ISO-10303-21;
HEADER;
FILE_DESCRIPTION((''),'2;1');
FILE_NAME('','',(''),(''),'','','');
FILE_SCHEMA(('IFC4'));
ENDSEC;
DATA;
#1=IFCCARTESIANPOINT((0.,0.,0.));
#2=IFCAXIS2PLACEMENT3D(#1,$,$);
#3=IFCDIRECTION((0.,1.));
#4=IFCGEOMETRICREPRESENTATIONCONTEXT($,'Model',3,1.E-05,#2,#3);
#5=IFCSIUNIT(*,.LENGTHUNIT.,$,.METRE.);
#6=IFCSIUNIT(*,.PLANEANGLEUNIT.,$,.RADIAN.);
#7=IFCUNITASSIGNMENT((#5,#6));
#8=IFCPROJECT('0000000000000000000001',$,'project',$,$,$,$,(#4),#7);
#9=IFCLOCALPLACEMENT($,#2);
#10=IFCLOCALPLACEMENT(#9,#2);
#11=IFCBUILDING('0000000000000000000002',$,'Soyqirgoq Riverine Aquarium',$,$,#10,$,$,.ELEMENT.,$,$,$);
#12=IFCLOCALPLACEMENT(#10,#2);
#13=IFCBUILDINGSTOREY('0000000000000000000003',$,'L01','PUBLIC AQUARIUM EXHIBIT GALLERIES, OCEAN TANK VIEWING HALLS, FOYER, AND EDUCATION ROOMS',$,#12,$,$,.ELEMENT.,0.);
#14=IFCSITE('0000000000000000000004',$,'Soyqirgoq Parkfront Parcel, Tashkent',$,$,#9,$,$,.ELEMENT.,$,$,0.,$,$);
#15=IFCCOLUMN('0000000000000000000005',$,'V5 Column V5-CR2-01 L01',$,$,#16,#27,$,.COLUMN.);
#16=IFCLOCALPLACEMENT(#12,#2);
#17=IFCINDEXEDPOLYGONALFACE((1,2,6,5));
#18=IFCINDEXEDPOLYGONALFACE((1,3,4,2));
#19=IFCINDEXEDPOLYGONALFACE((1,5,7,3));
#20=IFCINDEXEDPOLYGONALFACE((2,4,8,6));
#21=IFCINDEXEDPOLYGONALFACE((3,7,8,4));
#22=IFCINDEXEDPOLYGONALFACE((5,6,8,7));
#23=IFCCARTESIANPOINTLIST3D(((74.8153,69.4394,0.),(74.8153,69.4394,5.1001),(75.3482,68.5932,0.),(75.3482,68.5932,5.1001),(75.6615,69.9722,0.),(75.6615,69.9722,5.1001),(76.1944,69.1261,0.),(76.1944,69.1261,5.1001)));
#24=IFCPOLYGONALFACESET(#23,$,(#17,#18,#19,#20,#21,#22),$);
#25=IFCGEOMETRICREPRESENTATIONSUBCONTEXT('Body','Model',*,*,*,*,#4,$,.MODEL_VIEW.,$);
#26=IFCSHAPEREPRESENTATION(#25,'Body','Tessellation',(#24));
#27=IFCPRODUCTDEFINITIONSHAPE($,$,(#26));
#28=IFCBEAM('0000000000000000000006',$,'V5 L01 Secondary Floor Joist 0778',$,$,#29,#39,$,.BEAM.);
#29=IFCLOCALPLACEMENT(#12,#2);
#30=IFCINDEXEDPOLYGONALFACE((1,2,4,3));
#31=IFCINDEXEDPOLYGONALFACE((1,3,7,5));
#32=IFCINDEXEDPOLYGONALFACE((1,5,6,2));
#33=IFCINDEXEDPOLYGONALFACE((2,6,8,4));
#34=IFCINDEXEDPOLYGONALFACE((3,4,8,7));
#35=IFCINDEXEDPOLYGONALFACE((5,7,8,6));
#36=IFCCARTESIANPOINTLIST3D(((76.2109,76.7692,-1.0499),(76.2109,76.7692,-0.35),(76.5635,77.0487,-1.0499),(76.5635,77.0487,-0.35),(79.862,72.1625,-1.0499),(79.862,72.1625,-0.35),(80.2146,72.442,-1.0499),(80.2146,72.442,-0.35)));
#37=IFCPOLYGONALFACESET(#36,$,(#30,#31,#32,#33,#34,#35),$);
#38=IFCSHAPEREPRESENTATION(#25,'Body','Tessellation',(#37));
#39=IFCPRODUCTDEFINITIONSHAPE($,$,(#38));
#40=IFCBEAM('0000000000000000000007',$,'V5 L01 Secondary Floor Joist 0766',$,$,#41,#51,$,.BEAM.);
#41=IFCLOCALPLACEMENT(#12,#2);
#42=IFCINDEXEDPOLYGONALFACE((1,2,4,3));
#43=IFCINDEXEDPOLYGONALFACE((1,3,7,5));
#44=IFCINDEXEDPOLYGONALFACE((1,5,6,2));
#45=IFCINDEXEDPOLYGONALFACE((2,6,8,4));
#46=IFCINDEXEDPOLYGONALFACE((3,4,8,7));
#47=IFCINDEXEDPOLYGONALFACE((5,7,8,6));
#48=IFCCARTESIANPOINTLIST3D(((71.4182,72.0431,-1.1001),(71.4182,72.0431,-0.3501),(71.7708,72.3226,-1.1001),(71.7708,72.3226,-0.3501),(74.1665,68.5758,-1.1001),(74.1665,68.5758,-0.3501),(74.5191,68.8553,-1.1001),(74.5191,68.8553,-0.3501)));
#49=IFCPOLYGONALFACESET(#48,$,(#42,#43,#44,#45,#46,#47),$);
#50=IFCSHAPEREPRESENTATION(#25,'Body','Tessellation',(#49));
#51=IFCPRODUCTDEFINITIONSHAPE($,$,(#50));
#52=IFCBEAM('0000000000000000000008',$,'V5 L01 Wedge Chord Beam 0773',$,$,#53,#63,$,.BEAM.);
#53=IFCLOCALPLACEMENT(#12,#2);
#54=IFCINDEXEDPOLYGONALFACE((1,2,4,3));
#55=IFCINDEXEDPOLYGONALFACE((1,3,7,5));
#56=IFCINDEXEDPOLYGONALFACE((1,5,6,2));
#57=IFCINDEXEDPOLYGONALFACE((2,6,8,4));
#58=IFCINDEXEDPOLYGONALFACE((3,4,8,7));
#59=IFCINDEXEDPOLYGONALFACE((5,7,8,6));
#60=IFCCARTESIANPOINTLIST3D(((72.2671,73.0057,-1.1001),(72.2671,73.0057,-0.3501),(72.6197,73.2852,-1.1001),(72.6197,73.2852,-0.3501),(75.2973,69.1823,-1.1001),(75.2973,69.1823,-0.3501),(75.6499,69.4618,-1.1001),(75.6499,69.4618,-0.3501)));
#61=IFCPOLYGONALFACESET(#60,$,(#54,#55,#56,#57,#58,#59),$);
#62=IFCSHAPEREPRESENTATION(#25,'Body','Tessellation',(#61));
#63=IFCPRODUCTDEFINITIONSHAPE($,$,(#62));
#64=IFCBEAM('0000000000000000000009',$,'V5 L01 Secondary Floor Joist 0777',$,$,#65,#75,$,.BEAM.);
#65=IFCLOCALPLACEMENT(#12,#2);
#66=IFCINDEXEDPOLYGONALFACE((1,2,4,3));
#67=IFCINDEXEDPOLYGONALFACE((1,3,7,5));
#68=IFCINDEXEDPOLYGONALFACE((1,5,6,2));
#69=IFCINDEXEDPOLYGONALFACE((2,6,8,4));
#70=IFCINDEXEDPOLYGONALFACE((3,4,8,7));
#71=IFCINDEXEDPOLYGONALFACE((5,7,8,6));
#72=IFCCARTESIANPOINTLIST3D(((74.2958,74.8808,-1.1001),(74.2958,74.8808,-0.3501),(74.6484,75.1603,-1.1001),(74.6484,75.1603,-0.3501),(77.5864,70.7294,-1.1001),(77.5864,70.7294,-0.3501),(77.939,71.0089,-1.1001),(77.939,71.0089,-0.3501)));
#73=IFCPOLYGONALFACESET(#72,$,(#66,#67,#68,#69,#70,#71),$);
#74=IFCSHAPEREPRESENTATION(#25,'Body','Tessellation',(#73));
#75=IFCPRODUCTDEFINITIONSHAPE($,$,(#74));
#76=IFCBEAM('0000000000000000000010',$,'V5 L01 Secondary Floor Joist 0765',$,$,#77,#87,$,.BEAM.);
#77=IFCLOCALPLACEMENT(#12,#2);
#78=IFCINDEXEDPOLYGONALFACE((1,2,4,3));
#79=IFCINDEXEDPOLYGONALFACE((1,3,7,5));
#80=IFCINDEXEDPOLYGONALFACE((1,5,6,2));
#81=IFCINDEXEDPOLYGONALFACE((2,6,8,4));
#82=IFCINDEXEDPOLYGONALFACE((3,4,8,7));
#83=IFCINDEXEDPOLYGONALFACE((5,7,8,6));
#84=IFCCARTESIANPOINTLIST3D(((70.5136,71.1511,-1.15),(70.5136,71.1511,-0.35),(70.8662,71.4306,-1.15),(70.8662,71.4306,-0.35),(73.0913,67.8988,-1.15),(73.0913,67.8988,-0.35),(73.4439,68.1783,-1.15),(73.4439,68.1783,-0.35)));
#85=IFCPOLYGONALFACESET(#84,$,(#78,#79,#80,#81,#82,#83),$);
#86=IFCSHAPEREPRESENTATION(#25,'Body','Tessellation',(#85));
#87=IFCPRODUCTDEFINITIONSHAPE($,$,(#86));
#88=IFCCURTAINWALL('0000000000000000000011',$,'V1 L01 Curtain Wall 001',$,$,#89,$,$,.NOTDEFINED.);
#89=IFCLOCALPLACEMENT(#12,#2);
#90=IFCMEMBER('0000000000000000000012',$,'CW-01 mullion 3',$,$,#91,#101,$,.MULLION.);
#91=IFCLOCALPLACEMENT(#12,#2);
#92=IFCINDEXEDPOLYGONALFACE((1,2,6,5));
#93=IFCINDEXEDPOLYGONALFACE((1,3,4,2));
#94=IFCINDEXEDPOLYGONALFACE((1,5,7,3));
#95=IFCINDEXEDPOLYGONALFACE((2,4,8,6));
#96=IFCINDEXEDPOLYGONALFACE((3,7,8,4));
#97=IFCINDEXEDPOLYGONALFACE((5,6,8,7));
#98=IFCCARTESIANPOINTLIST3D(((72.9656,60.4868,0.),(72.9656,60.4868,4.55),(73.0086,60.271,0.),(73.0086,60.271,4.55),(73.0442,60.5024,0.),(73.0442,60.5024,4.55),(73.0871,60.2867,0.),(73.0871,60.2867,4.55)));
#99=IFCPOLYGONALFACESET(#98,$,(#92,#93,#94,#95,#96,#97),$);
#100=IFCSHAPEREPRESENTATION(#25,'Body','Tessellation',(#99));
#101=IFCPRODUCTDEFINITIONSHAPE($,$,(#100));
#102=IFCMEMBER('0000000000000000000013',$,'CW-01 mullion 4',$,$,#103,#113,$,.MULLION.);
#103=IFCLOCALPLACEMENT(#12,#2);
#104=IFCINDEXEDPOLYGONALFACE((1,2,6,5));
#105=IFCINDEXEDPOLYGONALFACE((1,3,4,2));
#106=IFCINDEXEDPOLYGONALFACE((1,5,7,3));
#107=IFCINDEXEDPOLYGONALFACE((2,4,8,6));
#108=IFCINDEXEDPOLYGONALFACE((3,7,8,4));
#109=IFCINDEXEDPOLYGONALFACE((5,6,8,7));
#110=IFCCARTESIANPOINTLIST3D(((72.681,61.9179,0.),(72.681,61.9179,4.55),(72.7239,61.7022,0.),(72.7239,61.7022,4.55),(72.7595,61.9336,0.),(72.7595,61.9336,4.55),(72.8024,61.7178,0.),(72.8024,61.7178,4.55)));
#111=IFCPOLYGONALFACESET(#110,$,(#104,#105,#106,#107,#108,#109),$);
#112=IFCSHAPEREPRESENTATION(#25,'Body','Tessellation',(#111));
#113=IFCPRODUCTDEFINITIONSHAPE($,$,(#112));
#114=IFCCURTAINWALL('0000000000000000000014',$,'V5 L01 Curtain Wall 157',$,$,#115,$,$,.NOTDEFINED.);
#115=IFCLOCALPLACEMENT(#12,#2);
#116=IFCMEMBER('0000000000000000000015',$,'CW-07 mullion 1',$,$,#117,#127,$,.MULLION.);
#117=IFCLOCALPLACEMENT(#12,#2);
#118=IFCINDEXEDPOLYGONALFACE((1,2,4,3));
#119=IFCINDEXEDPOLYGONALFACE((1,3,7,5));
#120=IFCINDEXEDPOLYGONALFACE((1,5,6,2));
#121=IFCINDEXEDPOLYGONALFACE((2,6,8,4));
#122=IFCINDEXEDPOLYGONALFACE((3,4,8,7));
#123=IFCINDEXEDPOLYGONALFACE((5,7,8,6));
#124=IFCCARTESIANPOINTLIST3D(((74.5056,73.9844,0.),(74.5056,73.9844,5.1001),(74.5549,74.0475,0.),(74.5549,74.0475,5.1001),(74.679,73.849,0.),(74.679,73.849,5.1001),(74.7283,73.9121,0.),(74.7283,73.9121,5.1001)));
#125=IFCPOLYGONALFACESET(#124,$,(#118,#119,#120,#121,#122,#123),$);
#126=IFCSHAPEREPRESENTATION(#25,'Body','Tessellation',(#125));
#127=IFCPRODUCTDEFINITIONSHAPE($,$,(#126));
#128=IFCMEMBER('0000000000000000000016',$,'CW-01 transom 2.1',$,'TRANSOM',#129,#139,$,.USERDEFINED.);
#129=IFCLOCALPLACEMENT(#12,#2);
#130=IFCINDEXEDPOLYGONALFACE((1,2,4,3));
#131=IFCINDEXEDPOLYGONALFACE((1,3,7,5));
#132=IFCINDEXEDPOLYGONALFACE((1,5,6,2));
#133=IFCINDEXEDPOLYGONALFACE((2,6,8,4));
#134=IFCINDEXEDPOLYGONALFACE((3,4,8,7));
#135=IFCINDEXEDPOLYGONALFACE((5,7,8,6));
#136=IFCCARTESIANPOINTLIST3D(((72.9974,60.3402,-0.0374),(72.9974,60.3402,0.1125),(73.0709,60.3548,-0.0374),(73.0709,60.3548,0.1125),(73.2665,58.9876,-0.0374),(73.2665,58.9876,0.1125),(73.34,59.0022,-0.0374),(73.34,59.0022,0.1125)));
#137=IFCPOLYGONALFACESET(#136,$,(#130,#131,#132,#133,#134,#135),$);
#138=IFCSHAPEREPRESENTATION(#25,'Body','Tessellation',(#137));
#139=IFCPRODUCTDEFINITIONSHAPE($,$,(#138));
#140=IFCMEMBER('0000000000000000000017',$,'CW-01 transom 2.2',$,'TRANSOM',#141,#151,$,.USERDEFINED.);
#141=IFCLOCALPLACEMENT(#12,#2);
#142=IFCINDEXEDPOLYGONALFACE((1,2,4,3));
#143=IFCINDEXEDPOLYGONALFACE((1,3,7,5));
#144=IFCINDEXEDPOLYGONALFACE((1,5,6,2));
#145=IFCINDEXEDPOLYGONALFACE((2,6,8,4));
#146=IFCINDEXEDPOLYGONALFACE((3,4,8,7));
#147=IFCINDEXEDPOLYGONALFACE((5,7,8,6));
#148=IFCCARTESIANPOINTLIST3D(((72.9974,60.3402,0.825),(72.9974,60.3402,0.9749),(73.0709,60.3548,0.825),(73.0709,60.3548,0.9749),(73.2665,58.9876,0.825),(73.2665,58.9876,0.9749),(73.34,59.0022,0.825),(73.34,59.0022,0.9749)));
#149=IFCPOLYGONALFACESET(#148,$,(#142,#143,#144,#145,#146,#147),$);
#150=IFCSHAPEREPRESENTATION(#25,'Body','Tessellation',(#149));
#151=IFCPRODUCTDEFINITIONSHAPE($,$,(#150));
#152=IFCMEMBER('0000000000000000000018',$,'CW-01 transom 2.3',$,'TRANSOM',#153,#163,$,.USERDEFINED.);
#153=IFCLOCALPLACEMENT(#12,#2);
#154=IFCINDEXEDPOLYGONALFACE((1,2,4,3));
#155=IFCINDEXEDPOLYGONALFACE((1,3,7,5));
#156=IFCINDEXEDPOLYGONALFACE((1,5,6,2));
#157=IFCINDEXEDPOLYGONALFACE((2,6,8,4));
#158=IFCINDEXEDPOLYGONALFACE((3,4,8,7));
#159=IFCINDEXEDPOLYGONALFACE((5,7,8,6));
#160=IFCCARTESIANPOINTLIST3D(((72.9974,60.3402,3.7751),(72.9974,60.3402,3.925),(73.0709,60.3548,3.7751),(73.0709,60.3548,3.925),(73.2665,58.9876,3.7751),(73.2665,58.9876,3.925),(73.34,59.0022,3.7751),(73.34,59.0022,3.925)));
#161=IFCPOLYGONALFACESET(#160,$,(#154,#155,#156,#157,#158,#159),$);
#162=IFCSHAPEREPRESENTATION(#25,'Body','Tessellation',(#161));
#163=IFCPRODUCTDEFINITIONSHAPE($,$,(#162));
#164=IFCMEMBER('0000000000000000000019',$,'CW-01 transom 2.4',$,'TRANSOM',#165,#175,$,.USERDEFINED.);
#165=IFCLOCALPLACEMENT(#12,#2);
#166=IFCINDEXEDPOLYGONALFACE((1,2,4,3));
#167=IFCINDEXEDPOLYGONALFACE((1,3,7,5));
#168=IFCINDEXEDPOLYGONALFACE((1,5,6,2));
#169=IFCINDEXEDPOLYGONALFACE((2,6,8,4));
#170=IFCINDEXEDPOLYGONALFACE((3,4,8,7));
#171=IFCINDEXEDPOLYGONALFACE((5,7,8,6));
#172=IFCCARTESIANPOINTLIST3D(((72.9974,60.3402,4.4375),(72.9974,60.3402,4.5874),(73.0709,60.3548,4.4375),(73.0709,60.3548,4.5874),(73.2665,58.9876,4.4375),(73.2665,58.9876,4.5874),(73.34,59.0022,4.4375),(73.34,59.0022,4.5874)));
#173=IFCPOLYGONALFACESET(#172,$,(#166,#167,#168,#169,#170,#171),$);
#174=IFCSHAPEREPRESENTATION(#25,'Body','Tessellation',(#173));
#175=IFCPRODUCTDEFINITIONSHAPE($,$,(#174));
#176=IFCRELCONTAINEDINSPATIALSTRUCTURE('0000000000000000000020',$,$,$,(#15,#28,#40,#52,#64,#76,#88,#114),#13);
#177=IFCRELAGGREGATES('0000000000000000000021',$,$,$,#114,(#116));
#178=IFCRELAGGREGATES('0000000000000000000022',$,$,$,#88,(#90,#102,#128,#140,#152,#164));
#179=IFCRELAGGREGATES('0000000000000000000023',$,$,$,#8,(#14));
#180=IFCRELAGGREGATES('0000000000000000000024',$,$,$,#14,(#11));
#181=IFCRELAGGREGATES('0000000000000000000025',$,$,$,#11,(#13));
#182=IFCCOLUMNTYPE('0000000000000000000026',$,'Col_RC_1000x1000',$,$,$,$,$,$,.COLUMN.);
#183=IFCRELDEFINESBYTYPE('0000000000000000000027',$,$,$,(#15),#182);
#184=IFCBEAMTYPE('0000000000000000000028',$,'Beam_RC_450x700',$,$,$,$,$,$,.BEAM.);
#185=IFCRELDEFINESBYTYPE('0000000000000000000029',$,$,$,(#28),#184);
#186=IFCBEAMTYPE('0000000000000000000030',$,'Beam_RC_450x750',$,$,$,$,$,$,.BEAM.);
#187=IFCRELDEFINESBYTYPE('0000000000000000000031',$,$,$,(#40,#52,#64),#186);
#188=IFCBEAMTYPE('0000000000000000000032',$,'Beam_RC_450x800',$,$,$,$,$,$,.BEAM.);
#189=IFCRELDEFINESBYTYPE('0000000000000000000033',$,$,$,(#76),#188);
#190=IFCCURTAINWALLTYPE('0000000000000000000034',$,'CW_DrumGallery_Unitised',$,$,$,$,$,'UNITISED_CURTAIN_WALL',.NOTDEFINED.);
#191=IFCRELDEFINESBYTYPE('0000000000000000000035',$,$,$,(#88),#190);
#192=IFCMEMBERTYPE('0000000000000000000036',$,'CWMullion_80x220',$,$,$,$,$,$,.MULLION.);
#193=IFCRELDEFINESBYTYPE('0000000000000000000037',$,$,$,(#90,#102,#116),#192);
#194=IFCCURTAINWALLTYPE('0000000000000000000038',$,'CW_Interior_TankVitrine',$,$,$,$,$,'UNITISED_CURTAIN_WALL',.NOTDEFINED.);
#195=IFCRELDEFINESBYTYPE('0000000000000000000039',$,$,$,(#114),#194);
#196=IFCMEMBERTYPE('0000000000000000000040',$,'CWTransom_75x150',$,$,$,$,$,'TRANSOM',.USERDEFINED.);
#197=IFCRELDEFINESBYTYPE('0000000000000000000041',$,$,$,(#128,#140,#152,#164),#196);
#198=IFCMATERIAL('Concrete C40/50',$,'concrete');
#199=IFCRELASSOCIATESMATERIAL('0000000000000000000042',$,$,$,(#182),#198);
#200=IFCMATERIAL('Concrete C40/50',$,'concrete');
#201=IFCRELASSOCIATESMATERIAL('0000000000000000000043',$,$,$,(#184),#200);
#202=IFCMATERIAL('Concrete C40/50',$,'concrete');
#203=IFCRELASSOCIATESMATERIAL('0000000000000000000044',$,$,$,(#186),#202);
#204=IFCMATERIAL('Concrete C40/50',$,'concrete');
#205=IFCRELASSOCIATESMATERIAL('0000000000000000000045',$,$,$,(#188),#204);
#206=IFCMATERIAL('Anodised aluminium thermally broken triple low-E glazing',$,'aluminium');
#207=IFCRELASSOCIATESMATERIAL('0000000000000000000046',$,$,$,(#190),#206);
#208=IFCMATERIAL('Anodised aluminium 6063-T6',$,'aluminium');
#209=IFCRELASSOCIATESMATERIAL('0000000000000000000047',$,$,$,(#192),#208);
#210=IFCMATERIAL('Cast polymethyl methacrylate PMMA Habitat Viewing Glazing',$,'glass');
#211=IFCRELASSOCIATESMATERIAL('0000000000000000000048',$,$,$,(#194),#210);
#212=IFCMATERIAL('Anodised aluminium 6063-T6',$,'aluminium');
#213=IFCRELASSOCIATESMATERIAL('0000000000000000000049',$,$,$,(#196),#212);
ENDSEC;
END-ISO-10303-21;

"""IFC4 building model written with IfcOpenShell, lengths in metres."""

from ifc_helpers import new_model, si_unit, direction, frame, origin, origin_2d, place, context, subcontext, project, spatial, rectangle, extrude, material, material_profile, profile_set, type_object, element, aggregate, save


model = new_model("IFC4")

# Units and contexts
model_context = context("Model", 3, precision=1e-05, world=origin(), true_north=direction((0.0, 1.0)))
body_context = subcontext(model_context, "Body", "Model", "MODEL_VIEW")
ifc_project = project(units=[si_unit("LENGTHUNIT", "METRE"), si_unit("PLANEANGLEUNIT", "RADIAN")], contexts=[model_context])

# Site, building, storey
site_placement = place(None, origin())
site = spatial("IfcSite", under=ifc_project, at=site_placement, Name="Soyqirgoq Parkfront Parcel, Tashkent", CompositionType="ELEMENT", RefElevation=0.0)
building_placement = place(site_placement, origin())
building = spatial("IfcBuilding", under=site, at=building_placement, Name="Soyqirgoq Riverine Aquarium", CompositionType="ELEMENT")
storey_placement = place(building_placement, origin())
storey = spatial("IfcBuildingStorey", under=building, at=storey_placement, Name="L01", Description="PUBLIC AQUARIUM EXHIBIT GALLERIES, OCEAN TANK VIEWING HALLS, FOYER, AND EDUCATION ROOMS", CompositionType="ELEMENT", Elevation=0.0)

# Column
ifc_material_1 = material(Name="Concrete C40/50", Category="concrete")
ifc_material_profile_1 = material_profile(ifc_material_1, rectangle(XDim=1.0, YDim=1.0, at=origin_2d()), Name="RC 1000x1000")
ifc_profile_set_1 = profile_set([ifc_material_profile_1], Name="Concrete C40/50")
column_type = type_object("IfcColumnType", Name="Col_RC_1000x1000", PredefinedType="COLUMN", material=ifc_profile_set_1)
column_placement = place(storey_placement, frame((75.5049, 69.2827, 0.0), z_axis=(0.0, 0.0, 1.0), x_axis=(0.846193, 0.532876, 0.0)))
element("IfcColumn", 1, at=column_placement, inside=storey, type_object=column_type, Name="V5 Column V5-CR2-01 L01", PredefinedType="COLUMN", context=body_context, shape_type="SweptSolid", body=[
    extrude(rectangle(XDim=1.0, YDim=1.0, at=origin_2d()), origin(), (0.0, 0.0, 1.0), 5.1001),
])

# Beams
ifc_material_2 = material(Name="Concrete C40/50", Category="concrete")
ifc_material_profile_2 = material_profile(ifc_material_2, rectangle(XDim=0.45, YDim=0.7, at=origin_2d()), Name="RC 450x700")
ifc_profile_set_2 = profile_set([ifc_material_profile_2], Name="Concrete C40/50")
beam_type_1 = type_object("IfcBeamType", Name="Beam_RC_450x700", PredefinedType="BEAM", material=ifc_profile_set_2)
beam_1_placement = place(storey_placement, frame((80.0383, 72.3022, -0.7), z_axis=(-0.621138, 0.783701, 0.0), x_axis=(-0.783701, -0.621138, 0.0)))
element("IfcBeam", 2, at=beam_1_placement, inside=storey, type_object=beam_type_1, Name="V5 L01 Secondary Floor Joist 0778", PredefinedType="BEAM", context=body_context, shape_type="SweptSolid", body=[
    extrude(rectangle(XDim=0.45, YDim=0.7, at=origin_2d()), origin(), (0.0, 0.0, 1.0), 5.8782),
])
ifc_material_3 = material(Name="Concrete C40/50", Category="concrete")
ifc_material_profile_3 = material_profile(ifc_material_3, rectangle(XDim=0.45, YDim=0.75, at=origin_2d()), Name="RC 450x750")
ifc_profile_set_3 = profile_set([ifc_material_profile_3], Name="Concrete C40/50")
beam_type_2 = type_object("IfcBeamType", Name="Beam_RC_450x750", PredefinedType="BEAM", material=ifc_profile_set_3)
beam_2_placement = place(storey_placement, frame((74.3428, 68.7156, -0.7251), z_axis=(-0.621169, 0.783676, 0.0), x_axis=(-0.783676, -0.621169, 0.0)))
element("IfcBeam", 3, at=beam_2_placement, inside=storey, type_object=beam_type_2, Name="V5 L01 Secondary Floor Joist 0766", PredefinedType="BEAM", context=body_context, shape_type="SweptSolid", body=[
    extrude(rectangle(XDim=0.45, YDim=0.75, at=origin_2d()), origin(), (0.0, 0.0, 1.0), 4.4243),
])
beam_3_placement = place(storey_placement, frame((75.4736, 69.322, -0.7251), z_axis=(-0.621125, 0.783712, 0.0), x_axis=(-0.783712, -0.621125, 0.0)))
element("IfcBeam", 4, at=beam_3_placement, inside=storey, type_object=beam_type_2, Name="V5 L01 Wedge Chord Beam 0773", PredefinedType="BEAM", context=body_context, shape_type="SweptSolid", body=[
    extrude(rectangle(XDim=0.45, YDim=0.75, at=origin_2d()), origin(), (0.0, 0.0, 1.0), 4.8787),
])
beam_4_placement = place(storey_placement, frame((77.7627, 70.8691, -0.7251), z_axis=(-0.62117, 0.783676, 0.0), x_axis=(-0.783676, -0.62117, 0.0)))
element("IfcBeam", 5, at=beam_4_placement, inside=storey, type_object=beam_type_2, Name="V5 L01 Secondary Floor Joist 0777", PredefinedType="BEAM", context=body_context, shape_type="SweptSolid", body=[
    extrude(rectangle(XDim=0.45, YDim=0.75, at=origin_2d()), origin(), (0.0, 0.0, 1.0), 5.2974),
])
ifc_material_4 = material(Name="Concrete C40/50", Category="concrete")
ifc_material_profile_4 = material_profile(ifc_material_4, rectangle(XDim=0.45, YDim=0.8, at=origin_2d()), Name="RC 450x800")
ifc_profile_set_4 = profile_set([ifc_material_profile_4], Name="Concrete C40/50")
beam_type_3 = type_object("IfcBeamType", Name="Beam_RC_450x800", PredefinedType="BEAM", material=ifc_profile_set_4)
beam_5_placement = place(storey_placement, frame((73.2676, 68.0386, -0.75), z_axis=(-0.621144, 0.783696, 0.0), x_axis=(-0.783696, -0.621144, 0.0)))
element("IfcBeam", 6, at=beam_5_placement, inside=storey, type_object=beam_type_3, Name="V5 L01 Secondary Floor Joist 0765", PredefinedType="BEAM", context=body_context, shape_type="SweptSolid", body=[
    extrude(rectangle(XDim=0.45, YDim=0.8, at=origin_2d()), origin(), (0.0, 0.0, 1.0), 4.1499),
])

# Curtain wall, members
ifc_material_5 = material(Name="Anodised aluminium thermally broken triple low-E glazing", Category="aluminium")
curtain_wall_type_1 = type_object("IfcCurtainWallType", Name="CW_DrumGallery_Unitised", ElementType="UNITISED_CURTAIN_WALL", PredefinedType="NOTDEFINED", material=ifc_material_5)
curtain_wall_1_placement = place(storey_placement, origin())
curtain_wall_1 = element("IfcCurtainWall", 7, at=curtain_wall_1_placement, inside=storey, type_object=curtain_wall_type_1, Name="V1 L01 Curtain Wall 001", PredefinedType="NOTDEFINED")
ifc_material_6 = material(Name="Anodised aluminium 6063-T6", Category="aluminium")
ifc_material_profile_5 = material_profile(ifc_material_6, rectangle(XDim=0.0801, YDim=0.22, at=origin_2d()), Name="ALU-M 80x220")
ifc_profile_set_5 = profile_set([ifc_material_profile_5], Name="Anodised aluminium 6063-T6")
member_type_1 = type_object("IfcMemberType", Name="CWMullion_80x220", PredefinedType="MULLION", material=ifc_profile_set_5)
member_1_placement = place(storey_placement, frame((73.0264, 60.3867, 0.0), z_axis=(0.0, 0.0, 1.0), x_axis=(-0.980788, -0.195075, 0.0)))
member_1 = element("IfcMember", 8, at=member_1_placement, type_object=member_type_1, Name="CW-01 mullion 3", PredefinedType="MULLION", context=body_context, shape_type="SweptSolid", body=[
    extrude(rectangle(XDim=0.0801, YDim=0.22, at=origin_2d()), origin(), (0.0, 0.0, 1.0), 4.55),
])
member_2_placement = place(storey_placement, frame((72.7417, 61.8179, 0.0), z_axis=(0.0, 0.0, 1.0), x_axis=(-0.980788, -0.195075, 0.0)))
member_2 = element("IfcMember", 9, at=member_2_placement, type_object=member_type_1, Name="CW-01 mullion 4", PredefinedType="MULLION", context=body_context, shape_type="SweptSolid", body=[
    extrude(rectangle(XDim=0.0801, YDim=0.22, at=origin_2d()), origin(), (0.0, 0.0, 1.0), 4.55),
])

# Curtain wall, member
ifc_material_7 = material(Name="Cast polymethyl methacrylate PMMA Habitat Viewing Glazing", Category="glass")
curtain_wall_type_2 = type_object("IfcCurtainWallType", Name="CW_Interior_TankVitrine", ElementType="UNITISED_CURTAIN_WALL", PredefinedType="NOTDEFINED", material=ifc_material_7)
curtain_wall_2_placement = place(storey_placement, origin())
curtain_wall_2 = element("IfcCurtainWall", 10, at=curtain_wall_2_placement, inside=storey, type_object=curtain_wall_type_2, Name="V5 L01 Curtain Wall 157", PredefinedType="NOTDEFINED")
member_3_placement = place(storey_placement, frame((74.6169, 73.9482, 0.0), z_axis=(0.0, 0.0, 1.0), x_axis=(-0.615661, -0.788011, 0.0)))
member_3 = element("IfcMember", 11, at=member_3_placement, type_object=member_type_1, Name="CW-07 mullion 1", PredefinedType="MULLION", context=body_context, shape_type="SweptSolid", body=[
    extrude(rectangle(XDim=0.0801, YDim=0.22, at=origin_2d()), origin(), (0.0, 0.0, 1.0), 5.1001),
])

# Members
ifc_material_8 = material(Name="Anodised aluminium 6063-T6", Category="aluminium")
ifc_material_profile_6 = material_profile(ifc_material_8, rectangle(XDim=0.075, YDim=0.1499, at=origin_2d()), Name="ALU-T 75x150")
ifc_profile_set_6 = profile_set([ifc_material_profile_6], Name="Anodised aluminium 6063-T6")
member_type_2 = type_object("IfcMemberType", Name="CWTransom_75x150", ElementType="TRANSOM", PredefinedType="USERDEFINED", material=ifc_profile_set_6)
member_4_placement = place(storey_placement, frame((73.3032, 58.9949, 0.0376), z_axis=(-0.195095, 0.980784, 0.0), x_axis=(-0.980784, -0.195095, 0.0)))
member_4 = element("IfcMember", 12, at=member_4_placement, type_object=member_type_2, Name="CW-01 transom 2.1", ObjectType="TRANSOM", PredefinedType="USERDEFINED", context=body_context, shape_type="SweptSolid", body=[
    extrude(rectangle(XDim=0.075, YDim=0.1499, at=origin_2d()), origin(), (0.0, 0.0, 1.0), 1.3792),
])
member_5_placement = place(storey_placement, frame((73.3032, 58.9949, 0.8999), z_axis=(-0.195095, 0.980784, 0.0), x_axis=(-0.980784, -0.195095, 0.0)))
member_5 = element("IfcMember", 13, at=member_5_placement, type_object=member_type_2, Name="CW-01 transom 2.2", ObjectType="TRANSOM", PredefinedType="USERDEFINED", context=body_context, shape_type="SweptSolid", body=[
    extrude(rectangle(XDim=0.075, YDim=0.1499, at=origin_2d()), origin(), (0.0, 0.0, 1.0), 1.3792),
])
member_6_placement = place(storey_placement, frame((73.3032, 58.9949, 3.8501), z_axis=(-0.195095, 0.980784, 0.0), x_axis=(-0.980784, -0.195095, 0.0)))
member_6 = element("IfcMember", 14, at=member_6_placement, type_object=member_type_2, Name="CW-01 transom 2.3", ObjectType="TRANSOM", PredefinedType="USERDEFINED", context=body_context, shape_type="SweptSolid", body=[
    extrude(rectangle(XDim=0.075, YDim=0.1499, at=origin_2d()), origin(), (0.0, 0.0, 1.0), 1.3792),
])
member_7_placement = place(storey_placement, frame((73.3032, 58.9949, 4.5125), z_axis=(-0.195095, 0.980784, 0.0), x_axis=(-0.980784, -0.195095, 0.0)))
member_7 = element("IfcMember", 15, at=member_7_placement, type_object=member_type_2, Name="CW-01 transom 2.4", ObjectType="TRANSOM", PredefinedType="USERDEFINED", context=body_context, shape_type="SweptSolid", body=[
    extrude(rectangle(XDim=0.075, YDim=0.1499, at=origin_2d()), origin(), (0.0, 0.0, 1.0), 1.3792),
])
aggregate(curtain_wall_2, [member_3])

aggregate(curtain_wall_1, [member_1, member_2, member_4, member_5, member_6, member_7])

save(model, "model.ifc")
